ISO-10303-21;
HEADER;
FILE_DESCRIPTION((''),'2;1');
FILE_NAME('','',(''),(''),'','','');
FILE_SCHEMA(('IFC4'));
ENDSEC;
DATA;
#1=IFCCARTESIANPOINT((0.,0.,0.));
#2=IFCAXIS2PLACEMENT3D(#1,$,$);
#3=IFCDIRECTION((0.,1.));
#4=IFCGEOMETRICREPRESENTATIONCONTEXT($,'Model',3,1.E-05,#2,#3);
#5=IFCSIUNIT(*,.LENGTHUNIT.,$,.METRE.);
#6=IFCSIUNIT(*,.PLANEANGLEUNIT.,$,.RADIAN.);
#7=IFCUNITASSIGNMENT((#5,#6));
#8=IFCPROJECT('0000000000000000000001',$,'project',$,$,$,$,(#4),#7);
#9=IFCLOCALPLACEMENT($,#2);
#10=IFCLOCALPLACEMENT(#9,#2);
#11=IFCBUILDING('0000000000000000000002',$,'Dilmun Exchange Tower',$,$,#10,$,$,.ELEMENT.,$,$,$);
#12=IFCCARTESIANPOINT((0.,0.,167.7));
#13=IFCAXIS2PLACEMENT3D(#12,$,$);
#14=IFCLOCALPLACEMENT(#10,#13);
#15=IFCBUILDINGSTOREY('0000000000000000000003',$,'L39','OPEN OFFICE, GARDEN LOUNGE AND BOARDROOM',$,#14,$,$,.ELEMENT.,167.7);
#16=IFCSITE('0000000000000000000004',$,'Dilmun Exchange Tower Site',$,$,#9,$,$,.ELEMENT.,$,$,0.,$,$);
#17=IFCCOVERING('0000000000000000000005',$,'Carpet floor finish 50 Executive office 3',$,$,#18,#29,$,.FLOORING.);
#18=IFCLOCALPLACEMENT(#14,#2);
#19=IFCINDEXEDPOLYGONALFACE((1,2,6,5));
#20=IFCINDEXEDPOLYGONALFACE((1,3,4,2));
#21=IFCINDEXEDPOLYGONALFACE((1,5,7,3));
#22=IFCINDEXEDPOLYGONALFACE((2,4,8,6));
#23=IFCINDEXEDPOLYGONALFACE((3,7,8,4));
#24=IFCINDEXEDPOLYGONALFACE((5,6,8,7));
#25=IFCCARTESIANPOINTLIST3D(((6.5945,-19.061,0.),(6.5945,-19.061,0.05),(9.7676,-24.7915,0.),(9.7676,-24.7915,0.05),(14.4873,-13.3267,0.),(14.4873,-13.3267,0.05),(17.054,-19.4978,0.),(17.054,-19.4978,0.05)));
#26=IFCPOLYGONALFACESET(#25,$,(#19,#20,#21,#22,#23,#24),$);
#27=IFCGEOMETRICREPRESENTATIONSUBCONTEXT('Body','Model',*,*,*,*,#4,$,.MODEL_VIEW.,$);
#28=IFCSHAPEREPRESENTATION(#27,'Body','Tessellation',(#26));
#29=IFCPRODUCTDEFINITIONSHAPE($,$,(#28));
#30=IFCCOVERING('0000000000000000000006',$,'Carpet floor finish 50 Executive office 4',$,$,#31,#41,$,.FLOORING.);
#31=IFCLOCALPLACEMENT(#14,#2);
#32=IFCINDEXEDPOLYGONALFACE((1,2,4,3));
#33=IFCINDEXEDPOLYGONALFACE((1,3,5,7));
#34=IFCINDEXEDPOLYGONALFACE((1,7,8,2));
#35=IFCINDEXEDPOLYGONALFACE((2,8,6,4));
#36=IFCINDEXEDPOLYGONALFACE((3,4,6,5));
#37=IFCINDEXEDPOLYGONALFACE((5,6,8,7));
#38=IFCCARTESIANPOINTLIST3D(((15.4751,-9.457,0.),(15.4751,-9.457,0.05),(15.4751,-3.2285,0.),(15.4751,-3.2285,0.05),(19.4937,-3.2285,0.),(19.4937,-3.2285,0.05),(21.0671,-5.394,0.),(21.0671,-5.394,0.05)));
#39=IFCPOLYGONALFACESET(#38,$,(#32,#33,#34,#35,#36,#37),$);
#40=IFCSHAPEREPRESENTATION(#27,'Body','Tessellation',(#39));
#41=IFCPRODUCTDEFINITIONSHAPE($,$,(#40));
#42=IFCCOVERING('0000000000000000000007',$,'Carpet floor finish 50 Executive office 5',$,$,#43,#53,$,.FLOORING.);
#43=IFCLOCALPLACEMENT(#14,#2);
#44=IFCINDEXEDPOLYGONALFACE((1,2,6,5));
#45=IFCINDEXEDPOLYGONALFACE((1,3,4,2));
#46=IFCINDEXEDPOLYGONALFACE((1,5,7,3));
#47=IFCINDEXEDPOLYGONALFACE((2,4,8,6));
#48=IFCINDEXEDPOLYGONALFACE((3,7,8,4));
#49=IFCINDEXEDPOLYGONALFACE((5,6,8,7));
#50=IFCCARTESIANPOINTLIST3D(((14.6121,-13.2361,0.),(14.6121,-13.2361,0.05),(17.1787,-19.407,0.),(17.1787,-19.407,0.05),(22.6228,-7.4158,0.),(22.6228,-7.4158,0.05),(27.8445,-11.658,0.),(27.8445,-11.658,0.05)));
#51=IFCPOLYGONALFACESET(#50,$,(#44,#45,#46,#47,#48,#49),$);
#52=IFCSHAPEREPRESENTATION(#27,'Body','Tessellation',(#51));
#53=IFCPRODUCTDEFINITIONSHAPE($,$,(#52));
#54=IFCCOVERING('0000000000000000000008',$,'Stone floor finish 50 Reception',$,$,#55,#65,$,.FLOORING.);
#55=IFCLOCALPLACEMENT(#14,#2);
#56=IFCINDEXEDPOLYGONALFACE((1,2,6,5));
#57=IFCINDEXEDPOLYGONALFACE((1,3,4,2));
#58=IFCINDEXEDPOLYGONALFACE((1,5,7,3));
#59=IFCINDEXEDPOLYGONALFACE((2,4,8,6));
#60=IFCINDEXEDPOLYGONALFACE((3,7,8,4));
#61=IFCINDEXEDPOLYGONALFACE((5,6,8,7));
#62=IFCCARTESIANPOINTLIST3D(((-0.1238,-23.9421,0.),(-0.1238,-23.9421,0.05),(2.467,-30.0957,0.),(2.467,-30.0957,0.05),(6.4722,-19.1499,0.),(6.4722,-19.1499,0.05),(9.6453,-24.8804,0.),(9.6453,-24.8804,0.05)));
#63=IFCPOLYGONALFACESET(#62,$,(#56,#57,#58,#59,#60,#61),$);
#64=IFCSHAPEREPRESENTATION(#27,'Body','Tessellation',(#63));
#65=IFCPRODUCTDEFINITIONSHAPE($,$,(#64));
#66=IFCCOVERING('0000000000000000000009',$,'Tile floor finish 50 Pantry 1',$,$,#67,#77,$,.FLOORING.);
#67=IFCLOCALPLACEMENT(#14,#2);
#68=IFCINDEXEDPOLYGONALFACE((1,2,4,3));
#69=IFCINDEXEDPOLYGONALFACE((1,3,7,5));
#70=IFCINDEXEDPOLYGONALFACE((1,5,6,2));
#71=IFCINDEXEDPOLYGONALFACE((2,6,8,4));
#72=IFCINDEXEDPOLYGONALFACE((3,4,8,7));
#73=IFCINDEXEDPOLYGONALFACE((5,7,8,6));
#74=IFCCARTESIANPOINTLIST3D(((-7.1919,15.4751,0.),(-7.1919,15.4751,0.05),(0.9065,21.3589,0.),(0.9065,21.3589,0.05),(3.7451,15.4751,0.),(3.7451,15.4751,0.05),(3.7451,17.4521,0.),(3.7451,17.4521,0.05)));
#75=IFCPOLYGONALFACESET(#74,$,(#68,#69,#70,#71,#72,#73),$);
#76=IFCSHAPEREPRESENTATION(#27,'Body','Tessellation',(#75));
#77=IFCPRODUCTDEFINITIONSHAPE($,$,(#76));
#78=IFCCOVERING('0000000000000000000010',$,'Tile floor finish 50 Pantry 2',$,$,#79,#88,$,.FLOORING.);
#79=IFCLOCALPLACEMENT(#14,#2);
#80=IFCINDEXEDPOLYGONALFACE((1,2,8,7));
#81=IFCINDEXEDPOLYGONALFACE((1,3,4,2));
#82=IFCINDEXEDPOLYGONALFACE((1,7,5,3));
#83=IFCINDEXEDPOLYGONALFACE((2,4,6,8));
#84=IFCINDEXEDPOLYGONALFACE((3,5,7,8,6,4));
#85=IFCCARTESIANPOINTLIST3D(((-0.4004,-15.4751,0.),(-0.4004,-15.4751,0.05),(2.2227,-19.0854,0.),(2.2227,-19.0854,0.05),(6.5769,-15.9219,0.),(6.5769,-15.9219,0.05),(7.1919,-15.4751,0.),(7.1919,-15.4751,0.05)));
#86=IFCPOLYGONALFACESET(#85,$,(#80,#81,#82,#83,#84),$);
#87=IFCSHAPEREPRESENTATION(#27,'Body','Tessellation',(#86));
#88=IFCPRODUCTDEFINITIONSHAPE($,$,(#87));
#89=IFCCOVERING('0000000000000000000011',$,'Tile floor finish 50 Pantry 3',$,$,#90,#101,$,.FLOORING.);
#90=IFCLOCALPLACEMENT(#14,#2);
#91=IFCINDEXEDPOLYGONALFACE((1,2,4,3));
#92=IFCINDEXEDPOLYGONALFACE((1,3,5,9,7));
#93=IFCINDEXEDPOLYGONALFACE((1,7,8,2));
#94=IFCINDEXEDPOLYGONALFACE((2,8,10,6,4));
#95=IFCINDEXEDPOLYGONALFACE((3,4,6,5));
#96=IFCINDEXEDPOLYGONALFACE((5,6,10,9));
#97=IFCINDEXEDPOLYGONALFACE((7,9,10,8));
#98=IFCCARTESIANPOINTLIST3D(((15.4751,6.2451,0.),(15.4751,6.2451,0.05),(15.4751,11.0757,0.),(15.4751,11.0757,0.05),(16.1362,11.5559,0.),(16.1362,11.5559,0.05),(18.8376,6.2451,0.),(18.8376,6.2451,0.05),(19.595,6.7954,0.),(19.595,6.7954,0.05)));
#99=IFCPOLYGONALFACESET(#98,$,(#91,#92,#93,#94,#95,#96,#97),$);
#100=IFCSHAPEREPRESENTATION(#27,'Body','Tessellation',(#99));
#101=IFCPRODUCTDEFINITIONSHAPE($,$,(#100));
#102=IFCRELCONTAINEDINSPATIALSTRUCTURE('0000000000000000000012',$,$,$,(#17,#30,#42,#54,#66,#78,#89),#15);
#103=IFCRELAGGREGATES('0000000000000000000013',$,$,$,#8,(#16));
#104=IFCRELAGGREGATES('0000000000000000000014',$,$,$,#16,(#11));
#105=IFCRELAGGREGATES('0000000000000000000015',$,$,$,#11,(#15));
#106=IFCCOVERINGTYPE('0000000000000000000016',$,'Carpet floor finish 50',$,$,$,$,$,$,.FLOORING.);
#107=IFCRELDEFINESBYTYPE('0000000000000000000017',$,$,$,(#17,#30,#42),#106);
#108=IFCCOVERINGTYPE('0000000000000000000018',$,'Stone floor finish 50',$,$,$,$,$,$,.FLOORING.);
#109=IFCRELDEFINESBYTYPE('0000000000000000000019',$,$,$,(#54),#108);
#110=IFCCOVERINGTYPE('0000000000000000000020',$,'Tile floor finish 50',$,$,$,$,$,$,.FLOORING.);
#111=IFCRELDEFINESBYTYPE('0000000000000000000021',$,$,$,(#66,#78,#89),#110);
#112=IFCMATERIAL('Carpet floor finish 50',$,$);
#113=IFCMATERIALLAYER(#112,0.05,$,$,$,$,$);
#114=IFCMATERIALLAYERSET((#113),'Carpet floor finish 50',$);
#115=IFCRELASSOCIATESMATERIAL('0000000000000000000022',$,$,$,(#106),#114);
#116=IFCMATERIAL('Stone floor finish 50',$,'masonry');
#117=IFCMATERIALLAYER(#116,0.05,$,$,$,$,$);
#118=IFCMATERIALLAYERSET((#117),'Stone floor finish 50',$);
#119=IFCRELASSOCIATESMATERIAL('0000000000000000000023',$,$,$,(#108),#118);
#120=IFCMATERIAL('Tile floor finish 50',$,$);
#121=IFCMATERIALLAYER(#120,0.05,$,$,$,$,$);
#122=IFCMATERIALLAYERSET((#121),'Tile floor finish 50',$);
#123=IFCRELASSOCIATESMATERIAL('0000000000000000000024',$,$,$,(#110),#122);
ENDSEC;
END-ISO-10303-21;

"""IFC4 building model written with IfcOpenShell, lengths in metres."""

from ifc_helpers import new_model, si_unit, direction, frame, origin, place, context, subcontext, project, spatial, polyline, outline, extrude, material, layer, layer_set, type_object, element, save


model = new_model("IFC4")

# Units and contexts
model_context = context("Model", 3, precision=1e-05, world=origin(), true_north=direction((0.0, 1.0)))
body_context = subcontext(model_context, "Body", "Model", "MODEL_VIEW")
ifc_project = project(units=[si_unit("LENGTHUNIT", "METRE"), si_unit("PLANEANGLEUNIT", "RADIAN")], contexts=[model_context])

# Site, building, storey
site_placement = place(None, origin())
site = spatial("IfcSite", under=ifc_project, at=site_placement, Name="Dilmun Exchange Tower Site", CompositionType="ELEMENT", RefElevation=0.0)
building_placement = place(site_placement, origin())
building = spatial("IfcBuilding", under=site, at=building_placement, Name="Dilmun Exchange Tower", CompositionType="ELEMENT")
storey_placement = place(building_placement, frame((0.0, 0.0, 167.7)))
storey = spatial("IfcBuildingStorey", under=building, at=storey_placement, Name="L39", Description="OPEN OFFICE, GARDEN LOUNGE AND BOARDROOM", CompositionType="ELEMENT", Elevation=167.7)

# Coverings
ifc_material_1 = material(Name="Carpet floor finish 50")
ifc_layer_1 = layer(ifc_material_1, 0.05)
ifc_layer_set_1 = layer_set([ifc_layer_1], Name="Carpet floor finish 50")
covering_type_1 = type_object("IfcCoveringType", Name="Carpet floor finish 50", PredefinedType="FLOORING", material=ifc_layer_set_1)
covering_1_placement = place(storey_placement, origin())
element("IfcCovering", 1, at=covering_1_placement, inside=storey, type_object=covering_type_1, Name="Carpet floor finish 50 Executive office 3", PredefinedType="FLOORING", context=body_context, shape_type="SweptSolid", body=[
    extrude(outline(polyline([(17.054, -19.4978), (9.7676, -24.7915), (6.5945, -19.061), (14.4873, -13.3267), (17.054, -19.4978)])), origin(), (0.0, 0.0, 1.0), 0.05),
])
covering_2_placement = place(storey_placement, origin())
element("IfcCovering", 2, at=covering_2_placement, inside=storey, type_object=covering_type_1, Name="Carpet floor finish 50 Executive office 4", PredefinedType="FLOORING", context=body_context, shape_type="SweptSolid", body=[
    extrude(outline(polyline([(21.0671, -5.394), (15.4751, -9.457), (15.4751, -3.2285), (19.4937, -3.2285), (21.0671, -5.394)])), origin(), (0.0, 0.0, 1.0), 0.05),
])
covering_3_placement = place(storey_placement, origin())
element("IfcCovering", 3, at=covering_3_placement, inside=storey, type_object=covering_type_1, Name="Carpet floor finish 50 Executive office 5", PredefinedType="FLOORING", context=body_context, shape_type="SweptSolid", body=[
    extrude(outline(polyline([(22.6228, -7.4158), (27.8445, -11.658), (17.1787, -19.407), (14.6121, -13.2361), (22.6228, -7.4158)])), origin(), (0.0, 0.0, 1.0), 0.05),
])
ifc_material_2 = material(Name="Stone floor finish 50", Category="masonry")
ifc_layer_2 = layer(ifc_material_2, 0.05)
ifc_layer_set_2 = layer_set([ifc_layer_2], Name="Stone floor finish 50")
covering_type_2 = type_object("IfcCoveringType", Name="Stone floor finish 50", PredefinedType="FLOORING", material=ifc_layer_set_2)
covering_4_placement = place(storey_placement, origin())
element("IfcCovering", 4, at=covering_4_placement, inside=storey, type_object=covering_type_2, Name="Stone floor finish 50 Reception", PredefinedType="FLOORING", context=body_context, shape_type="SweptSolid", body=[
    extrude(outline(polyline([(6.4722, -19.1499), (9.6453, -24.8804), (2.467, -30.0957), (-0.1238, -23.9421), (6.4722, -19.1499)])), origin(), (0.0, 0.0, 1.0), 0.05),
])
ifc_material_3 = material(Name="Tile floor finish 50")
ifc_layer_3 = layer(ifc_material_3, 0.05)
ifc_layer_set_3 = layer_set([ifc_layer_3], Name="Tile floor finish 50")
covering_type_3 = type_object("IfcCoveringType", Name="Tile floor finish 50", PredefinedType="FLOORING", material=ifc_layer_set_3)
covering_5_placement = place(storey_placement, origin())
element("IfcCovering", 5, at=covering_5_placement, inside=storey, type_object=covering_type_3, Name="Tile floor finish 50 Pantry 1", PredefinedType="FLOORING", context=body_context, shape_type="SweptSolid", body=[
    extrude(outline(polyline([(3.7451, 17.4521), (3.7451, 15.4751), (-7.1919, 15.4751), (0.9065, 21.3589), (3.7451, 17.4521)])), origin(), (0.0, 0.0, 1.0), 0.05),
])
covering_6_placement = place(storey_placement, origin())
element("IfcCovering", 6, at=covering_6_placement, inside=storey, type_object=covering_type_3, Name="Tile floor finish 50 Pantry 2", PredefinedType="FLOORING", context=body_context, shape_type="SweptSolid", body=[
    extrude(outline(polyline([(-0.4004, -15.4751), (7.1919, -15.4751), (6.5769, -15.9219), (2.2227, -19.0854), (-0.4004, -15.4751)])), origin(), (0.0, 0.0, 1.0), 0.05),
])
covering_7_placement = place(storey_placement, origin())
element("IfcCovering", 7, at=covering_7_placement, inside=storey, type_object=covering_type_3, Name="Tile floor finish 50 Pantry 3", PredefinedType="FLOORING", context=body_context, shape_type="SweptSolid", body=[
    extrude(outline(polyline([(16.1362, 11.5559), (19.595, 6.7954), (18.8376, 6.2451), (15.4751, 6.2451), (15.4751, 11.0757), (16.1362, 11.5559)])), origin(), (0.0, 0.0, 1.0), 0.05),
])

save(model, "model.ifc")
